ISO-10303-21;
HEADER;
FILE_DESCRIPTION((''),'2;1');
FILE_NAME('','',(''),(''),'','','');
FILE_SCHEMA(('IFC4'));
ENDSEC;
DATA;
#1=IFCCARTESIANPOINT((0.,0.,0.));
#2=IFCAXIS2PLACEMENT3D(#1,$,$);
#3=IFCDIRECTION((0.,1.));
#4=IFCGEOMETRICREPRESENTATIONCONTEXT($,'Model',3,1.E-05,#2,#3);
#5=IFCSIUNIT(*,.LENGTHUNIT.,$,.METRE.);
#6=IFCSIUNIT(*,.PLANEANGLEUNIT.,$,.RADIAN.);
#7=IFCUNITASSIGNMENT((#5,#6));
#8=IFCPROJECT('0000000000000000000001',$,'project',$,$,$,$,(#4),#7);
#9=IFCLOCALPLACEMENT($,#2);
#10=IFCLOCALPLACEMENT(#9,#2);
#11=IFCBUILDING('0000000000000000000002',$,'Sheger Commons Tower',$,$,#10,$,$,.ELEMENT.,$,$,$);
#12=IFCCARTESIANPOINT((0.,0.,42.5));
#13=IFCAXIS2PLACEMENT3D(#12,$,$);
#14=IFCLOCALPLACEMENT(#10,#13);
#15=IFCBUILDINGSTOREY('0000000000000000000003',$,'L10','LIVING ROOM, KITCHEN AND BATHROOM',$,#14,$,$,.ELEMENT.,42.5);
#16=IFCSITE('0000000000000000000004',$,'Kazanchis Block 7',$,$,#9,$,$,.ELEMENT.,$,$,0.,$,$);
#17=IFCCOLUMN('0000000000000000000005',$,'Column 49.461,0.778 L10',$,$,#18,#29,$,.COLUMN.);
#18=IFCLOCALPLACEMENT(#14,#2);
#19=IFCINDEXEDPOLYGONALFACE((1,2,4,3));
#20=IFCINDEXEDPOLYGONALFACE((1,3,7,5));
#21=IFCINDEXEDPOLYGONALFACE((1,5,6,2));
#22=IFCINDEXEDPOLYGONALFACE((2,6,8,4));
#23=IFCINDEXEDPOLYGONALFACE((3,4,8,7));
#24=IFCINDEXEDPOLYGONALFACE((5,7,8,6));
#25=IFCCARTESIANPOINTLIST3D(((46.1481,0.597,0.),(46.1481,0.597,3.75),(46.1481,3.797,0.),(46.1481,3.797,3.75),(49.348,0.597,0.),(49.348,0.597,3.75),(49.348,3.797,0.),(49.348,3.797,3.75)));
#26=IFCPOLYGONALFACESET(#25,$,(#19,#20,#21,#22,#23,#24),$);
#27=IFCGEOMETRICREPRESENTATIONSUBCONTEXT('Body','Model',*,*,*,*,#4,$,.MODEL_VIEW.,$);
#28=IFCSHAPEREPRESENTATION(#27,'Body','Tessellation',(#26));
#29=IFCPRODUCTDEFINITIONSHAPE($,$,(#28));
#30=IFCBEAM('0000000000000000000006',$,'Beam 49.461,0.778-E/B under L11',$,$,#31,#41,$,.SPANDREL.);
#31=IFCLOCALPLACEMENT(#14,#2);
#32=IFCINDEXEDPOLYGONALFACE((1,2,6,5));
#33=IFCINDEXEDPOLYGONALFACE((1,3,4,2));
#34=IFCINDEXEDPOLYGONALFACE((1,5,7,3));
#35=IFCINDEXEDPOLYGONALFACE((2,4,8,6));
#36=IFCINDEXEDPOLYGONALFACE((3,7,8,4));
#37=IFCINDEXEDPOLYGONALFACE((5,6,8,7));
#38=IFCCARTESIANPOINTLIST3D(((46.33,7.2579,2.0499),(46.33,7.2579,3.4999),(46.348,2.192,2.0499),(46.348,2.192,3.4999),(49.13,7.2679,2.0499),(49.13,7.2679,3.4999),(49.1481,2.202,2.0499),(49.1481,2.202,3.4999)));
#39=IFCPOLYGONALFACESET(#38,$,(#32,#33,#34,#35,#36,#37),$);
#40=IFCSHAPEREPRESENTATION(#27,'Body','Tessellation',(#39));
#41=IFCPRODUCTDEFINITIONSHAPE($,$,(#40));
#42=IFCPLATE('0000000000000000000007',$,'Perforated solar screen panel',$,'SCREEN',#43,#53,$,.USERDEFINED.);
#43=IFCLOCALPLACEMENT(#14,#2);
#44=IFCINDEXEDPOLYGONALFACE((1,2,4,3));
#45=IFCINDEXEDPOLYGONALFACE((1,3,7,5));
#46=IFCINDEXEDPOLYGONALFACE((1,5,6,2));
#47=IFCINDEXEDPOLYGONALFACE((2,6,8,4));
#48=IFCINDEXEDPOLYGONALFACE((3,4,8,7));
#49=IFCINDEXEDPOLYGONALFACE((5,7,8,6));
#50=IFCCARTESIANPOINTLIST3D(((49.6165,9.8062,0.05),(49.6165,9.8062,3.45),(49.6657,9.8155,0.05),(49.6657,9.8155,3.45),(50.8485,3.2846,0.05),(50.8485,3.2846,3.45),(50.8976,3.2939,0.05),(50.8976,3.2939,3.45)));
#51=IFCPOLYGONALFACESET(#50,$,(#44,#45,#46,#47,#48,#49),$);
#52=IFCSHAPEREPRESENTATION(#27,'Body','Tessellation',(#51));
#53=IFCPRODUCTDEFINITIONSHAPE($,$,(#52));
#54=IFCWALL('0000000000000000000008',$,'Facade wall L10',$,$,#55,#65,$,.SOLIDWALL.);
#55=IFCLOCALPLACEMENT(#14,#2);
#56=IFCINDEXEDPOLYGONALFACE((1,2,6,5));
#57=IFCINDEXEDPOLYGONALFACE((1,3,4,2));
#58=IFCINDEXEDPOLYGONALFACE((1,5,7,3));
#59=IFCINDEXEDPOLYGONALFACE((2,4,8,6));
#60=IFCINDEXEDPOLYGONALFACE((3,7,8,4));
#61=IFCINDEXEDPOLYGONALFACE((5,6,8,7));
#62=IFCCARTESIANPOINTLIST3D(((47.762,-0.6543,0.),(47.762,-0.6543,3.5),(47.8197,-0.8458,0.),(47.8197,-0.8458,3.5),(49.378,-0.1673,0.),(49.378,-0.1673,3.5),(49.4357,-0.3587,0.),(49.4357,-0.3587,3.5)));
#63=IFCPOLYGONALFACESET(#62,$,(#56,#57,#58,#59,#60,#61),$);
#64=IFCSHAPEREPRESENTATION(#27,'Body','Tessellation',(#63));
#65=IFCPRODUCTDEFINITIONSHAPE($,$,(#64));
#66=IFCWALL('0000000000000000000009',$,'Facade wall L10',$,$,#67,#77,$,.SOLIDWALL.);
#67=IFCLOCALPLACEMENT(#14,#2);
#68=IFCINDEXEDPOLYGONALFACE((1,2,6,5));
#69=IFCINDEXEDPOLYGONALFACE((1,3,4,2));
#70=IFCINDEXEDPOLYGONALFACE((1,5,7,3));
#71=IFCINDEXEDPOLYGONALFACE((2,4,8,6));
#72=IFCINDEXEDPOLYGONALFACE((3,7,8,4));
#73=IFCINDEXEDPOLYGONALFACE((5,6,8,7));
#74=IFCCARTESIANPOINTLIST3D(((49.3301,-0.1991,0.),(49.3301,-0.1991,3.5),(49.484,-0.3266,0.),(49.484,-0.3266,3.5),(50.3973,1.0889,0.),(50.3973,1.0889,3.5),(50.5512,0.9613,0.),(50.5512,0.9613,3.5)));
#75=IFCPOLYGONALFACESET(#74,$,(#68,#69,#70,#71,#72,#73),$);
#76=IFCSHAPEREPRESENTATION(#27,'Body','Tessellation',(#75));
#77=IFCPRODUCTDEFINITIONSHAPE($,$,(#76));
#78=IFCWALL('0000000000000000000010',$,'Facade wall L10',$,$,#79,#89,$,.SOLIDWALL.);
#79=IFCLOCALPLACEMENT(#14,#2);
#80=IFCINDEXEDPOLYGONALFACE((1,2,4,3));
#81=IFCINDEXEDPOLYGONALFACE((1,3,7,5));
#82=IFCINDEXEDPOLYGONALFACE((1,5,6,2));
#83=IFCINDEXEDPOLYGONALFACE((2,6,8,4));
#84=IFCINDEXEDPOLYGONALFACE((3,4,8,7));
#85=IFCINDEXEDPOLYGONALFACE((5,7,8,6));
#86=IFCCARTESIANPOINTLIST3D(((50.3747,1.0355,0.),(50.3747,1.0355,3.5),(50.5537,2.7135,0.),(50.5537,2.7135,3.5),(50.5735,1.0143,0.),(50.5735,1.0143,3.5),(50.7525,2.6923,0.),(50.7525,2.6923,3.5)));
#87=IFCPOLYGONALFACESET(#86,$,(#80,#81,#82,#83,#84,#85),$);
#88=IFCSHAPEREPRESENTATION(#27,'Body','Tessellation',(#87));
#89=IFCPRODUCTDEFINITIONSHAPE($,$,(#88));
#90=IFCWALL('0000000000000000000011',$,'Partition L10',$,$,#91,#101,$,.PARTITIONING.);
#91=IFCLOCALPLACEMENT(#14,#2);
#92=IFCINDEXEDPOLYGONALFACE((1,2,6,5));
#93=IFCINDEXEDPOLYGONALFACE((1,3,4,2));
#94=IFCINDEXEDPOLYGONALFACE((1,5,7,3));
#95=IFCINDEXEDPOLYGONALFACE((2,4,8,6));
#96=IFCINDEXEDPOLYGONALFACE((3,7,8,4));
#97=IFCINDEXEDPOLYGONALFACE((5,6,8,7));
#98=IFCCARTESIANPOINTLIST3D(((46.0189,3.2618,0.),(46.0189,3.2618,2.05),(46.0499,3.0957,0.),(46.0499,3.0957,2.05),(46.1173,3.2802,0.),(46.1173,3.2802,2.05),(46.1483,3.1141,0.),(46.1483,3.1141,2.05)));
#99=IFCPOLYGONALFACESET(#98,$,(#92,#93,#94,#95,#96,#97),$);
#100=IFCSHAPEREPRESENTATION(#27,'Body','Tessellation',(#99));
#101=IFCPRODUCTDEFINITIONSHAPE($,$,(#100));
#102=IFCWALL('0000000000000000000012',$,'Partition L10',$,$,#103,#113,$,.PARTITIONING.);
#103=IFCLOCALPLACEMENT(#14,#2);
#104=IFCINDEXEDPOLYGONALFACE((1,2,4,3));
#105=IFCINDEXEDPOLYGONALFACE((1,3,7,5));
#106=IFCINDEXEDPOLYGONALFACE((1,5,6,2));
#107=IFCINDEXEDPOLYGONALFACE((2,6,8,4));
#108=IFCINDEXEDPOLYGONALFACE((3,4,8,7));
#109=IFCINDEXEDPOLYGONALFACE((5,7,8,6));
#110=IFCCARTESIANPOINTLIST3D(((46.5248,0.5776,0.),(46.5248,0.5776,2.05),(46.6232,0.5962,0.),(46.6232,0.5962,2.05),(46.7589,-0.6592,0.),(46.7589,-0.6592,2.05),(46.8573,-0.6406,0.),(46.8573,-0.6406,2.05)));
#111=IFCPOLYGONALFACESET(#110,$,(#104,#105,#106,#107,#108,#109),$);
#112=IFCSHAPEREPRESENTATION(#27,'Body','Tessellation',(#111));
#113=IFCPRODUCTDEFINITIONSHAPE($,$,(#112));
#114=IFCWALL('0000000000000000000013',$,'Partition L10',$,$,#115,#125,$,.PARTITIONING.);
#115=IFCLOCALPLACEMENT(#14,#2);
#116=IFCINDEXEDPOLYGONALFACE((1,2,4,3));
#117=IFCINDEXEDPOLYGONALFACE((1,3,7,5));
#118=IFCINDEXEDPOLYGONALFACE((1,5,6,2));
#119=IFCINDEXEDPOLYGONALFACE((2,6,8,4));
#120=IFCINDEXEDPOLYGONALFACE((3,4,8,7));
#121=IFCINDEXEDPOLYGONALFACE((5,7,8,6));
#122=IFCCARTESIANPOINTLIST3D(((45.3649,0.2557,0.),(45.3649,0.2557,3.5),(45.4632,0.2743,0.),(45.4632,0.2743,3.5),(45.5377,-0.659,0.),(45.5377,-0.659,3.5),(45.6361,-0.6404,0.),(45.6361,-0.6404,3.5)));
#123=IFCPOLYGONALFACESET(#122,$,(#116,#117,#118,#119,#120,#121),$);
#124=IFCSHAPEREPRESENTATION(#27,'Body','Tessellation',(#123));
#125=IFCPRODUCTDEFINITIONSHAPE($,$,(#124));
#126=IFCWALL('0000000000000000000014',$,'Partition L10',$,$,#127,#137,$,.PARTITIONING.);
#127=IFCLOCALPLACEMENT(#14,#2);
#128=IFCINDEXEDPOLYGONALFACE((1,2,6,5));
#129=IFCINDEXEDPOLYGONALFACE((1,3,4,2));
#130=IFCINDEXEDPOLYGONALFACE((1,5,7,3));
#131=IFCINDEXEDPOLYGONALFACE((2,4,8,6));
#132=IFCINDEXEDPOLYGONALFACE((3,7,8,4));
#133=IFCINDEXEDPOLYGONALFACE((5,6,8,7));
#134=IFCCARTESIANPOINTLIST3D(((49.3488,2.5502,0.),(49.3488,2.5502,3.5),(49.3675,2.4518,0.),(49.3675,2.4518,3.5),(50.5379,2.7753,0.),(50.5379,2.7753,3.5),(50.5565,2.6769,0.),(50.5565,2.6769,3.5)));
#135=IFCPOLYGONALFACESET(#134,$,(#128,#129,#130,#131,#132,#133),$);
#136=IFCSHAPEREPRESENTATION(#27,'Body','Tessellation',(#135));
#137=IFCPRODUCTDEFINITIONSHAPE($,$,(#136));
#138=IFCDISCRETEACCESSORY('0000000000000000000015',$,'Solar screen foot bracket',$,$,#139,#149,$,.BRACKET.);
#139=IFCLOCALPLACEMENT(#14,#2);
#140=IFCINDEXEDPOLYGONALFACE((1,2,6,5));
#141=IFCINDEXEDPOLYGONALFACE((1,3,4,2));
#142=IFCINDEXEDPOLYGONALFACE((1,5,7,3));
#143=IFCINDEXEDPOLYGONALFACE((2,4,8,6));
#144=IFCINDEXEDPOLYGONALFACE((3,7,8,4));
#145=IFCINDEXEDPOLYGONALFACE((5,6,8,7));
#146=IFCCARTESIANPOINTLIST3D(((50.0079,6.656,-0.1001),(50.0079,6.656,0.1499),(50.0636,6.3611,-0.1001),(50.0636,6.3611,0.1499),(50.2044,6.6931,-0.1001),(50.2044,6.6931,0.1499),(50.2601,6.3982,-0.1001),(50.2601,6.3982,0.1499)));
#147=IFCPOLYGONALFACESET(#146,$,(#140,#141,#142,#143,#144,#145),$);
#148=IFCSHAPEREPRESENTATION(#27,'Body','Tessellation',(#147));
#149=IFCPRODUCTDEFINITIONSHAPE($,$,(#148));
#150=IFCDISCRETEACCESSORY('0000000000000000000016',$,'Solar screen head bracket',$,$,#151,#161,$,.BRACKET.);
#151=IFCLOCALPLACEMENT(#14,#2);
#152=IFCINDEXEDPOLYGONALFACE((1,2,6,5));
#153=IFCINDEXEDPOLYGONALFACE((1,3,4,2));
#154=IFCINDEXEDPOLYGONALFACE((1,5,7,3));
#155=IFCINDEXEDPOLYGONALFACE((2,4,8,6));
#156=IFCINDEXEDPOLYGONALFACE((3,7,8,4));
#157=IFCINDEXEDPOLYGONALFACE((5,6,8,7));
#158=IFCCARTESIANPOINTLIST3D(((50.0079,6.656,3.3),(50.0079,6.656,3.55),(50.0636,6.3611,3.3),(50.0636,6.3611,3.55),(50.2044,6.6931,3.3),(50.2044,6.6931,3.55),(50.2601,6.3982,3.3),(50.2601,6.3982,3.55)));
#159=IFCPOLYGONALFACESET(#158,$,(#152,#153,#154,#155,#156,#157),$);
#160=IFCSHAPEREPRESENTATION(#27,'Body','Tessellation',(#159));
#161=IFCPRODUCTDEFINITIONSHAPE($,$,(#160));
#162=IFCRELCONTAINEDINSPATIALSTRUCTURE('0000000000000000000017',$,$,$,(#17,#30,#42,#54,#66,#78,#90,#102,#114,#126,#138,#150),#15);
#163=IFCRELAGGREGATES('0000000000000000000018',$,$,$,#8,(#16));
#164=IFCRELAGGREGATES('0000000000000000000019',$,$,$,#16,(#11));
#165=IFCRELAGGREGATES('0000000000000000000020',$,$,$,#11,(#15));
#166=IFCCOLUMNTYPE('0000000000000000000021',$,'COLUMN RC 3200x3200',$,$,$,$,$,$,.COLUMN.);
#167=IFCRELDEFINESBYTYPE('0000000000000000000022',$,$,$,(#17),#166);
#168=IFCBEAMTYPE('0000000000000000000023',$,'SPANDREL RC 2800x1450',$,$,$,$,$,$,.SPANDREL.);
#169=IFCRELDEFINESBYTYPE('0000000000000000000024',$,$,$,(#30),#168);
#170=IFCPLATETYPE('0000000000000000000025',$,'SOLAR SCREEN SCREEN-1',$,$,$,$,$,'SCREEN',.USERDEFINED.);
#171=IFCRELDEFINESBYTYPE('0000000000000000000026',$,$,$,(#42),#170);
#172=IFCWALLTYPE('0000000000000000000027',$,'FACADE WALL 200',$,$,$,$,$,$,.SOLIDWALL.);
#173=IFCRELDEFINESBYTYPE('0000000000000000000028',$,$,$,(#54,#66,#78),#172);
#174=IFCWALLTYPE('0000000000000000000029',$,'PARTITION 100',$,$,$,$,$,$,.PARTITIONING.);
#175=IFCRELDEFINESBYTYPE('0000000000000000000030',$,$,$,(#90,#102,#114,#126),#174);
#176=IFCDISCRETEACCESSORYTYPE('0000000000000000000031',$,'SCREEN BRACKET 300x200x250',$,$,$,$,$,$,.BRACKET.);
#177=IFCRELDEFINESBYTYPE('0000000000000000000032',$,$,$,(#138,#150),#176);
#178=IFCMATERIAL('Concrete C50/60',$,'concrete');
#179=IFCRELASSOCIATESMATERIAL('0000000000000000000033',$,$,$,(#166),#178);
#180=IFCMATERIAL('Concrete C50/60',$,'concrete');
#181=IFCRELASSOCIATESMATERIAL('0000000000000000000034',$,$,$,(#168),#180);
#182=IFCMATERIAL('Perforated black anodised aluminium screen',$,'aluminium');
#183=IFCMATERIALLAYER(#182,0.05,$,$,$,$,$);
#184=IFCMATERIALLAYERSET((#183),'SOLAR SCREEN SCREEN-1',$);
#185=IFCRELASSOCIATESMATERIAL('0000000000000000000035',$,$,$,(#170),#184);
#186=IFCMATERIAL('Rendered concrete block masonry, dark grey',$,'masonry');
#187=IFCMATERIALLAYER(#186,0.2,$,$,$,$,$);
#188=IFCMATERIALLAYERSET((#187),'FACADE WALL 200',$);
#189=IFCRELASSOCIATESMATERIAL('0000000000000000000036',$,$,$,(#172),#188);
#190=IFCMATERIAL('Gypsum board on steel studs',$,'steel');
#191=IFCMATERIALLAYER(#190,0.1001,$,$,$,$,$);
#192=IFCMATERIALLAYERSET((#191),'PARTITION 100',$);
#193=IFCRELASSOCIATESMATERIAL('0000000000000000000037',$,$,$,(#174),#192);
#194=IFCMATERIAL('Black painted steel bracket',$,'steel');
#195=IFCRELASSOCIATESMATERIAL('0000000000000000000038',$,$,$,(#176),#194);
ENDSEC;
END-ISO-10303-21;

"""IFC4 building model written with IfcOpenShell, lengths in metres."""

from ifc_helpers import new_model, si_unit, direction, frame, frame_2d, origin, origin_2d, place, context, subcontext, project, spatial, rectangle, extrude, material, layer, layer_set, material_profile, profile_set, type_object, element, save


model = new_model("IFC4")

# Units and contexts
model_context = context("Model", 3, precision=1e-05, world=origin(), true_north=direction((0.0, 1.0)))
body_context = subcontext(model_context, "Body", "Model", "MODEL_VIEW")
ifc_project = project(units=[si_unit("LENGTHUNIT", "METRE"), si_unit("PLANEANGLEUNIT", "RADIAN")], contexts=[model_context])

# Site, building, storey
site_placement = place(None, origin())
site = spatial("IfcSite", under=ifc_project, at=site_placement, Name="Kazanchis Block 7", CompositionType="ELEMENT", RefElevation=0.0)
building_placement = place(site_placement, origin())
building = spatial("IfcBuilding", under=site, at=building_placement, Name="Sheger Commons Tower", CompositionType="ELEMENT")
storey_placement = place(building_placement, frame((0.0, 0.0, 42.5)))
storey = spatial("IfcBuildingStorey", under=building, at=storey_placement, Name="L10", Description="LIVING ROOM, KITCHEN AND BATHROOM", CompositionType="ELEMENT", Elevation=42.5)

# Column
ifc_material_1 = material(Name="Concrete C50/60", Category="concrete")
ifc_material_profile_1 = material_profile(ifc_material_1, rectangle(XDim=3.2, YDim=3.2, at=origin_2d()), Name="RC 3200x3200")
ifc_profile_set_1 = profile_set([ifc_material_profile_1], Name="Concrete C50/60")
column_type = type_object("IfcColumnType", Name="COLUMN RC 3200x3200", PredefinedType="COLUMN", material=ifc_profile_set_1)
column_placement = place(storey_placement, frame((47.748, 2.197, 0.0), z_axis=(0.0, 0.0, 1.0), x_axis=(1.0, 0.0, 0.0)))
element("IfcColumn", 1, at=column_placement, inside=storey, type_object=column_type, Name="Column 49.461,0.778 L10", PredefinedType="COLUMN", context=body_context, shape_type="SweptSolid", body=[
    extrude(rectangle(XDim=3.2, YDim=3.2, at=origin_2d()), origin(), (0.0, 0.0, 1.0), 3.75),
])

# Beam
ifc_material_2 = material(Name="Concrete C50/60", Category="concrete")
ifc_material_profile_2 = material_profile(ifc_material_2, rectangle(XDim=2.8, YDim=1.45, at=origin_2d()), Name="RC 2800x1450")
ifc_profile_set_2 = profile_set([ifc_material_profile_2], Name="Concrete C50/60")
beam_type = type_object("IfcBeamType", Name="SPANDREL RC 2800x1450", PredefinedType="SPANDREL", material=ifc_profile_set_2)
beam_placement = place(storey_placement, frame((47.748, 2.197, 2.7749), z_axis=(-0.003566, 0.999994, 0.0), x_axis=(-0.999994, -0.003566, 0.0)))
element("IfcBeam", 2, at=beam_placement, inside=storey, type_object=beam_type, Name="Beam 49.461,0.778-E/B under L11", PredefinedType="SPANDREL", context=body_context, shape_type="SweptSolid", body=[
    extrude(rectangle(XDim=2.8, YDim=1.45, at=origin_2d()), origin(), (0.0, 0.0, 1.0), 5.0659),
])

# Plate
ifc_material_3 = material(Name="Perforated black anodised aluminium screen", Category="aluminium")
ifc_layer_1 = layer(ifc_material_3, 0.05)
ifc_layer_set_1 = layer_set([ifc_layer_1], Name="SOLAR SCREEN SCREEN-1")
plate_type = type_object("IfcPlateType", Name="SOLAR SCREEN SCREEN-1", ElementType="SCREEN", PredefinedType="USERDEFINED", material=ifc_layer_set_1)
plate_placement = place(storey_placement, frame((50.2571, 6.55, 0.05), z_axis=(0.0, 0.0, 1.0), x_axis=(-0.185615, 0.982623, 0.0)))
element("IfcPlate", 3, at=plate_placement, inside=storey, type_object=plate_type, Name="Perforated solar screen panel", ObjectType="SCREEN", PredefinedType="USERDEFINED", context=body_context, shape_type="SweptSolid", body=[
    extrude(rectangle(XDim=6.637, YDim=0.05, at=origin_2d()), origin(), (0.0, 0.0, 1.0), 3.3999),
])

# Walls
ifc_material_4 = material(Name="Rendered concrete block masonry, dark grey", Category="masonry")
ifc_layer_2 = layer(ifc_material_4, 0.2)
ifc_layer_set_2 = layer_set([ifc_layer_2], Name="FACADE WALL 200")
wall_type_1 = type_object("IfcWallType", Name="FACADE WALL 200", PredefinedType="SOLIDWALL", material=ifc_layer_set_2)
wall_1_placement = place(storey_placement, frame((47.791, -0.75, 0.0), z_axis=(0.0, 0.0, 1.0), x_axis=(0.957455, 0.288582, 0.0)))
element("IfcWall", 4, at=wall_1_placement, inside=storey, type_object=wall_type_1, Name="Facade wall L10", PredefinedType="SOLIDWALL", context=body_context, shape_type="SweptSolid", body=[
    extrude(rectangle(XDim=1.6877, YDim=0.2, at=frame_2d((0.8438, 0.0))), origin(), (0.0, 0.0, 1.0), 3.5),
])
wall_2_placement = place(storey_placement, frame((49.407, -0.2629, 0.0), z_axis=(0.0, 0.0, 1.0), x_axis=(0.638043, 0.770001, 0.0)))
element("IfcWall", 5, at=wall_2_placement, inside=storey, type_object=wall_type_1, Name="Facade wall L10", PredefinedType="SOLIDWALL", context=body_context, shape_type="SweptSolid", body=[
    extrude(rectangle(XDim=1.6726, YDim=0.2, at=frame_2d((0.8364, 0.0))), origin(), (0.0, 0.0, 1.0), 3.5),
])
wall_3_placement = place(storey_placement, frame((50.4741, 1.0249, 0.0), z_axis=(0.0, 0.0, 1.0), x_axis=(0.106048, 0.994361, 0.0)))
element("IfcWall", 6, at=wall_3_placement, inside=storey, type_object=wall_type_1, Name="Facade wall L10", PredefinedType="SOLIDWALL", context=body_context, shape_type="SweptSolid", body=[
    extrude(rectangle(XDim=1.6875, YDim=0.2, at=frame_2d((0.8438, 0.0))), origin(), (0.0, 0.0, 1.0), 3.5),
])

# Walls
ifc_material_5 = material(Name="Gypsum board on steel studs", Category="steel")
ifc_layer_3 = layer(ifc_material_5, 0.1001)
ifc_layer_set_3 = layer_set([ifc_layer_3], Name="PARTITION 100")
wall_type_2 = type_object("IfcWallType", Name="PARTITION 100", PredefinedType="PARTITIONING", material=ifc_layer_set_3)
wall_4_placement = place(storey_placement, frame((46.0681, 3.271, 0.0), z_axis=(0.0, 0.0, 1.0), x_axis=(0.18359, -0.983003, 0.0)))
element("IfcWall", 7, at=wall_4_placement, inside=storey, type_object=wall_type_2, Name="Partition L10", PredefinedType="PARTITIONING", context=body_context, shape_type="SweptSolid", body=[
    extrude(rectangle(XDim=0.1689, YDim=0.1001, at=frame_2d((0.0845, 0.0))), origin(), (0.0, 0.0, 1.0), 2.05),
])
wall_5_placement = place(storey_placement, frame((46.574, 0.5869, 0.0), z_axis=(0.0, 0.0, 1.0), x_axis=(0.185998, -0.98255, 0.0)))
element("IfcWall", 8, at=wall_5_placement, inside=storey, type_object=wall_type_2, Name="Partition L10", PredefinedType="PARTITIONING", context=body_context, shape_type="SweptSolid", body=[
    extrude(rectangle(XDim=1.2588, YDim=0.1001, at=frame_2d((0.6294, 0.0))), origin(), (0.0, 0.0, 1.0), 2.05),
])
wall_6_placement = place(storey_placement, frame((45.4141, 0.2649, 0.0), z_axis=(0.0, 0.0, 1.0), x_axis=(0.185666, -0.982613, 0.0)))
element("IfcWall", 9, at=wall_6_placement, inside=storey, type_object=wall_type_2, Name="Partition L10", PredefinedType="PARTITIONING", context=body_context, shape_type="SweptSolid", body=[
    extrude(rectangle(XDim=0.9309, YDim=0.1001, at=frame_2d((0.4653, 0.0))), origin(), (0.0, 0.0, 1.0), 3.5),
])
wall_7_placement = place(storey_placement, frame((50.5471, 2.7261, 0.0), z_axis=(0.0, 0.0, 1.0), x_axis=(-0.982553, -0.185981, 0.0)))
element("IfcWall", 10, at=wall_7_placement, inside=storey, type_object=wall_type_2, Name="Partition L10", PredefinedType="PARTITIONING", context=body_context, shape_type="SweptSolid", body=[
    extrude(rectangle(XDim=1.2102, YDim=0.1001, at=frame_2d((0.605, 0.0))), origin(), (0.0, 0.0, 1.0), 3.5),
])

# Discrete accessories
ifc_material_6 = material(Name="Black painted steel bracket", Category="steel")
discrete_accessory_type = type_object("IfcDiscreteAccessoryType", Name="SCREEN BRACKET 300x200x250", PredefinedType="BRACKET", material=ifc_material_6)
for number, where, z_axis, x_axis, name in (
    (11, (50.134, 6.5271, -0.1001), (0.0, 0.0, 1.0), (-0.185615, 0.982623, 0.0), "Solar screen foot bracket"),
    (12, (50.134, 6.5271, 3.3), (0.0, 0.0, 1.0), (-0.185615, 0.982623, 0.0), "Solar screen head bracket"),
):
    element("IfcDiscreteAccessory", number, at=place(storey_placement, frame(where, z_axis=z_axis, x_axis=x_axis)), inside=storey, type_object=discrete_accessory_type, Name=name, PredefinedType="BRACKET", context=body_context, shape_type="SweptSolid", body=[
        extrude(rectangle(XDim=0.3, YDim=0.2, at=origin_2d()), origin(), (0.0, 0.0, 1.0), 0.25),
    ])

save(model, "model.ifc")
